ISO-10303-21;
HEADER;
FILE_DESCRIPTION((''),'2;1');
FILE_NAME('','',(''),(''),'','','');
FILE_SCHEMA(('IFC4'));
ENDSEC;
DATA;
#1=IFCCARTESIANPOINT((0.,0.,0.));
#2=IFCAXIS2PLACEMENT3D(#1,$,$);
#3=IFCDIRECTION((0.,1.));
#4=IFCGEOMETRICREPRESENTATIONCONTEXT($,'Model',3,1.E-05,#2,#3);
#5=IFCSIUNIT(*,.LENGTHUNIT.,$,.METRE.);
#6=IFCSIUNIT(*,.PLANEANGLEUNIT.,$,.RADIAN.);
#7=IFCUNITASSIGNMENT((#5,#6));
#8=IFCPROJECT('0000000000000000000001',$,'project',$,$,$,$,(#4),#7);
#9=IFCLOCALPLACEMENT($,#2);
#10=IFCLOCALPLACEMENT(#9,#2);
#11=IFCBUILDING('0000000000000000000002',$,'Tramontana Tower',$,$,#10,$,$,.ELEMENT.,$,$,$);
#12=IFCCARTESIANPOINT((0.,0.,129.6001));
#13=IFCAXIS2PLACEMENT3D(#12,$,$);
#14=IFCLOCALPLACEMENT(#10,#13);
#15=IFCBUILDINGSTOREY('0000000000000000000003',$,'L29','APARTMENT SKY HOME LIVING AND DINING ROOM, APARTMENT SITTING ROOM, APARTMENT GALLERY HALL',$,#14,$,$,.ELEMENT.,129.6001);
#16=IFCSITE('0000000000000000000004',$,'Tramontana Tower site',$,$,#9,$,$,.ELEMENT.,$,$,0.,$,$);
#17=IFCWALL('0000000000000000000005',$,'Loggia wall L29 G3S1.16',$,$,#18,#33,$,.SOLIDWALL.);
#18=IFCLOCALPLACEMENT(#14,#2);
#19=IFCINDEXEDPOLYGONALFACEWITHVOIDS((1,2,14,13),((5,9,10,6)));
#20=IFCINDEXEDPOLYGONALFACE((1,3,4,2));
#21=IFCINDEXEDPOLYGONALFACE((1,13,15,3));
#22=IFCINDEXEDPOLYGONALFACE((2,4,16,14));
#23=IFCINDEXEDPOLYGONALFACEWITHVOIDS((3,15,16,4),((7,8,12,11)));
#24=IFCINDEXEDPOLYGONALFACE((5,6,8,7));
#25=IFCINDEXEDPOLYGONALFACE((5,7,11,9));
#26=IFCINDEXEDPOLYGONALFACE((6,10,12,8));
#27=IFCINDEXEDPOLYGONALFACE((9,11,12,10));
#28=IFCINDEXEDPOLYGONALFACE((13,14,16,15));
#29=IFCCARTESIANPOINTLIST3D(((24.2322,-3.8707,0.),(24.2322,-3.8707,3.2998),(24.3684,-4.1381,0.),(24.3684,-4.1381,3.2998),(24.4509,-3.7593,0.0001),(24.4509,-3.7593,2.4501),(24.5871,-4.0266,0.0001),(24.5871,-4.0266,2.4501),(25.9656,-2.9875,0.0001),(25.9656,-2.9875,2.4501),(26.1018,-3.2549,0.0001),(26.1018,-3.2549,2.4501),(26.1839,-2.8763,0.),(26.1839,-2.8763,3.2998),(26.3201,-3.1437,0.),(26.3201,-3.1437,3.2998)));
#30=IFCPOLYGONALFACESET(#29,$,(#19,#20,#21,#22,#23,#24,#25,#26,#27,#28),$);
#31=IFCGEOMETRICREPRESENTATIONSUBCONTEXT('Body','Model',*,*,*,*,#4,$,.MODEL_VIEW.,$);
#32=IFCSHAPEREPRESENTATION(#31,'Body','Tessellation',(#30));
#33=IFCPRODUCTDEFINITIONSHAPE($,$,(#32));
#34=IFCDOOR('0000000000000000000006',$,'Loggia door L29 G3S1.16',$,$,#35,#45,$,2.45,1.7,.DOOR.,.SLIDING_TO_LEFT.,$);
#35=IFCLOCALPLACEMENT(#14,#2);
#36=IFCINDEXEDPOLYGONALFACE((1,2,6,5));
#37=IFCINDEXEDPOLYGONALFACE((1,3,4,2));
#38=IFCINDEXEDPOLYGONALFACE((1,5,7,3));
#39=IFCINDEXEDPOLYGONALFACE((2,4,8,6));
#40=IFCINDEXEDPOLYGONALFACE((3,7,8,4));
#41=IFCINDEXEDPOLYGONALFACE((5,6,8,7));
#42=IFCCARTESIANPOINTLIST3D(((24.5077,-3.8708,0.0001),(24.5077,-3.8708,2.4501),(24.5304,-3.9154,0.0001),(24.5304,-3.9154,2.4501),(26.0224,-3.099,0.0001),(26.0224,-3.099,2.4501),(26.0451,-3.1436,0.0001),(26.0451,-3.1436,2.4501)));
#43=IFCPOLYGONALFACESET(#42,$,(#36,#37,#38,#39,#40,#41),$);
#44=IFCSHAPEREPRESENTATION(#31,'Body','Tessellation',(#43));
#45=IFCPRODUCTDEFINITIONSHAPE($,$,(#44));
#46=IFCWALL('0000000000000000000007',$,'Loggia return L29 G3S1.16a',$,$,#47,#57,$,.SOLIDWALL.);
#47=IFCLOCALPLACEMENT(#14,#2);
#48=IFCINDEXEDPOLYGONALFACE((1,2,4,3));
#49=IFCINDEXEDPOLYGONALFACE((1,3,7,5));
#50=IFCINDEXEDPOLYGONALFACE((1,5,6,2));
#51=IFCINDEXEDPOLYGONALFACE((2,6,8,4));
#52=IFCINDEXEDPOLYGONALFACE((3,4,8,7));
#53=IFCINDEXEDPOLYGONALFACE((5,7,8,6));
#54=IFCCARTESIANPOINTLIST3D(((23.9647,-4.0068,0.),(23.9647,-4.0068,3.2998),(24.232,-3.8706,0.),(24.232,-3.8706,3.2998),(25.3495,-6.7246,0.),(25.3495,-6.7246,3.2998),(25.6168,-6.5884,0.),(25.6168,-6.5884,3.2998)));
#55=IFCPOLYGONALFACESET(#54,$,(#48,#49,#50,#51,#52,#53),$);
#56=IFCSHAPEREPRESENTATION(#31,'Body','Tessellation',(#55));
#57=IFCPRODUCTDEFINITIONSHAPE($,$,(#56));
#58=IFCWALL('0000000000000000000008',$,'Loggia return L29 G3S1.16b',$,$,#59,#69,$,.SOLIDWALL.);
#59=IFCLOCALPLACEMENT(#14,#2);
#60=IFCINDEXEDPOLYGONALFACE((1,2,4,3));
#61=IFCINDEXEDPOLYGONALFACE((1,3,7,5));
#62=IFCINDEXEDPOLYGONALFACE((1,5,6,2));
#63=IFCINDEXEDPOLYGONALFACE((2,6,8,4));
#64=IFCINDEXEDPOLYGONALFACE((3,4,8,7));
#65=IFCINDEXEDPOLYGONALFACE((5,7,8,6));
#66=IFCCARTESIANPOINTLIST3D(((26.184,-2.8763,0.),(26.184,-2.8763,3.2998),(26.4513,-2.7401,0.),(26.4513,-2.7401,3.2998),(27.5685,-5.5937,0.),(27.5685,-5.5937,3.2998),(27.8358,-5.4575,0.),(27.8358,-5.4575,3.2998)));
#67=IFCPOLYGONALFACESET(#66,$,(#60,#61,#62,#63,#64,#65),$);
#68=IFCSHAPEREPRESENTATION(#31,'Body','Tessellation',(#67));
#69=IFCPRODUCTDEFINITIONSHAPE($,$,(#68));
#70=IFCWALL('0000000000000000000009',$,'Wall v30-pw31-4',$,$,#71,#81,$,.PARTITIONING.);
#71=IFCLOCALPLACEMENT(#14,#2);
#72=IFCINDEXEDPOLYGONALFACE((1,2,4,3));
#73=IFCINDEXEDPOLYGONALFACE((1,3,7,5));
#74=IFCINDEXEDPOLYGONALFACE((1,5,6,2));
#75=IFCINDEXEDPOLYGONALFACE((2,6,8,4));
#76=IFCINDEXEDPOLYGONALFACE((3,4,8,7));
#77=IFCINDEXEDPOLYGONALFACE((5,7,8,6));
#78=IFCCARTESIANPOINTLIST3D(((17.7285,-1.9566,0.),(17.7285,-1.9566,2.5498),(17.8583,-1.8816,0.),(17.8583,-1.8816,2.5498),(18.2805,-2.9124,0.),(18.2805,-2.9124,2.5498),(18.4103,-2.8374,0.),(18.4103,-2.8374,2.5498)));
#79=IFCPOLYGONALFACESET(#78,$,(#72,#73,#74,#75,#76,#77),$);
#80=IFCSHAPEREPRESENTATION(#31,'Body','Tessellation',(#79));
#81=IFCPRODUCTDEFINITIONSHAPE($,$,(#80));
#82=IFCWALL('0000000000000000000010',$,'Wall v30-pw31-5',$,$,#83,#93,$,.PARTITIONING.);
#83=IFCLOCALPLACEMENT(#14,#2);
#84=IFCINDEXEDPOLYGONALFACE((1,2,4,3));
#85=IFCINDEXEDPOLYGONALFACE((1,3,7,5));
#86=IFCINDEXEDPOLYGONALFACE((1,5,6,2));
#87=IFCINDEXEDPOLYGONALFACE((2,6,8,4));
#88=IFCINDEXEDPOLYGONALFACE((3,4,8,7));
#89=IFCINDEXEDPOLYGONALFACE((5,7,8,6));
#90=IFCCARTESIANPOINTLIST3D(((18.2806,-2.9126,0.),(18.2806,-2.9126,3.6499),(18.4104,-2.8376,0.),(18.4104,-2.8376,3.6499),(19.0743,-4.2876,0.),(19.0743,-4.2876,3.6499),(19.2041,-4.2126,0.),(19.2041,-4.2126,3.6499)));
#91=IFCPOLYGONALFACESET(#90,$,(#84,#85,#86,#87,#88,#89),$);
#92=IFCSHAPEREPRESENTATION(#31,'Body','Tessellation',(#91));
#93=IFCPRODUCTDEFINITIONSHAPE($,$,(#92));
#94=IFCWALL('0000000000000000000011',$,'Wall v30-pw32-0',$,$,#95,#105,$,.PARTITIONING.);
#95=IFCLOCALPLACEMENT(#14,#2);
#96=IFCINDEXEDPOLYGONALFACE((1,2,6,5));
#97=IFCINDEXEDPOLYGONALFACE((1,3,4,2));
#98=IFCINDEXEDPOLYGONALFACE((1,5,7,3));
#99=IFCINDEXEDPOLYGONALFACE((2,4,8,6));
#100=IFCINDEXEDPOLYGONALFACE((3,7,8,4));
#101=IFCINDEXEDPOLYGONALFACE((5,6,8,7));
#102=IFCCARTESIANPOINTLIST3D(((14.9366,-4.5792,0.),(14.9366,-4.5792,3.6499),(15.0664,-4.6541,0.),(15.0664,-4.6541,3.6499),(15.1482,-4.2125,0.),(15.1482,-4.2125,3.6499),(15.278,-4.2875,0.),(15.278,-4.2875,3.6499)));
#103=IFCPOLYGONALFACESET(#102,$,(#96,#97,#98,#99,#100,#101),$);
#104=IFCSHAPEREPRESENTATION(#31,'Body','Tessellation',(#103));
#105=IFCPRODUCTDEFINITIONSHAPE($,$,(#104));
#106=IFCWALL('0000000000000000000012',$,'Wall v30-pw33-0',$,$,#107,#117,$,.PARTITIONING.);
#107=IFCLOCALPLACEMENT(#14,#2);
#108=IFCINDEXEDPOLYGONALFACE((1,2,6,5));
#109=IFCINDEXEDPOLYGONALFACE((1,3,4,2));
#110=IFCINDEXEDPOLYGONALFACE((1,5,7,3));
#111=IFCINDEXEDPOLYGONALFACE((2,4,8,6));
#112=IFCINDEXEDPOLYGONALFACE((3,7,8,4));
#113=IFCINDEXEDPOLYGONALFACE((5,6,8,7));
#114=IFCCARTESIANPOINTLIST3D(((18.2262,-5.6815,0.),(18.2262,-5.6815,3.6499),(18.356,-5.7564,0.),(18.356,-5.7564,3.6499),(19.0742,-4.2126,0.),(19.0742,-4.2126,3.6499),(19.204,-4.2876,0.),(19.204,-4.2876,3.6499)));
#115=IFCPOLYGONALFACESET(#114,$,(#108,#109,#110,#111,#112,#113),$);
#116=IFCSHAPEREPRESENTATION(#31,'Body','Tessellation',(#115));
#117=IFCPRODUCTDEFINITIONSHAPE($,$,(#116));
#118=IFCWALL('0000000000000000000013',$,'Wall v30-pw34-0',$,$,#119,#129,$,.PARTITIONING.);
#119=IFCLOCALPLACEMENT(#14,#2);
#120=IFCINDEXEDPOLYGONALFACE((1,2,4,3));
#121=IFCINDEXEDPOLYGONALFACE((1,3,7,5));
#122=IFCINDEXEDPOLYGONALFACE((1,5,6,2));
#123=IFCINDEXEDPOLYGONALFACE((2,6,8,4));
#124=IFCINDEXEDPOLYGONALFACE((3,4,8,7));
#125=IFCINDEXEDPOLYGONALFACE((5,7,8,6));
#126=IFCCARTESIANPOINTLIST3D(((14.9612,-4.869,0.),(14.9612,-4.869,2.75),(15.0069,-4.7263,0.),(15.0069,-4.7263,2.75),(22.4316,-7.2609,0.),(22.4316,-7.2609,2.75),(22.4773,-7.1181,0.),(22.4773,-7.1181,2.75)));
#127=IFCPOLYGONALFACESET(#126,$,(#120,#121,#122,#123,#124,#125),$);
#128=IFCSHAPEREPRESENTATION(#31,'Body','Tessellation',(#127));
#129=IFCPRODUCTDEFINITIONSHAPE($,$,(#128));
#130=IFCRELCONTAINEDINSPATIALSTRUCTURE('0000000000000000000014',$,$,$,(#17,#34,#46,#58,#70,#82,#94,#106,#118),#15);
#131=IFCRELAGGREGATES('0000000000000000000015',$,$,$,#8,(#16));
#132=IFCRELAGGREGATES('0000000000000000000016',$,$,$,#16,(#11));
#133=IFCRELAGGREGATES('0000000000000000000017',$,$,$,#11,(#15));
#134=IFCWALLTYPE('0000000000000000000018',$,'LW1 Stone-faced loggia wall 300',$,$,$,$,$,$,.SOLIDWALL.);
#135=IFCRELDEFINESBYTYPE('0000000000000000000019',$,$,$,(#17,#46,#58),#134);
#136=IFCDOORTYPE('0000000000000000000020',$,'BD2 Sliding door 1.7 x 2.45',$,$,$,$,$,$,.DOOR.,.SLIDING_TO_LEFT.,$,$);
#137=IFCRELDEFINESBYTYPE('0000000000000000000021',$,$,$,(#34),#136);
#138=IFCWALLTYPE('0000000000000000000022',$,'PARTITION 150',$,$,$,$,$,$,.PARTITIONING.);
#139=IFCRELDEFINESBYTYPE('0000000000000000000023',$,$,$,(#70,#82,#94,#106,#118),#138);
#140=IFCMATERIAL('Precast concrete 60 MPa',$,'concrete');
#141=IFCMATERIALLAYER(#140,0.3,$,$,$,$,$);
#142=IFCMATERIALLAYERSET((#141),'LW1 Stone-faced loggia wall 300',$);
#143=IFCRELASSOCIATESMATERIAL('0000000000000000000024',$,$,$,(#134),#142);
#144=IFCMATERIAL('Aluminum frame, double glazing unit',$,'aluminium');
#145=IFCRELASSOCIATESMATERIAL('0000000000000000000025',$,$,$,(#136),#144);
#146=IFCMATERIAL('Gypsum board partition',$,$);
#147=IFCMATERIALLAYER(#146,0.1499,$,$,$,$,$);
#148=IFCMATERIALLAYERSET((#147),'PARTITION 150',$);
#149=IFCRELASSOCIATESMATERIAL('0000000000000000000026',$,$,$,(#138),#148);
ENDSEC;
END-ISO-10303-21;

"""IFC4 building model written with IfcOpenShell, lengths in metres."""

from ifc_helpers import new_model, si_unit, direction, frame, frame_2d, origin, place, context, subcontext, project, spatial, rectangle, extrude, material, layer, layer_set, type_object, element, fill, save


model = new_model("IFC4")

# Units and contexts
model_context = context("Model", 3, precision=1e-05, world=origin(), true_north=direction((0.0, 1.0)))
body_context = subcontext(model_context, "Body", "Model", "MODEL_VIEW")
ifc_project = project(units=[si_unit("LENGTHUNIT", "METRE"), si_unit("PLANEANGLEUNIT", "RADIAN")], contexts=[model_context])

# Site, building, storey
site_placement = place(None, origin())
site = spatial("IfcSite", under=ifc_project, at=site_placement, Name="Tramontana Tower site", CompositionType="ELEMENT", RefElevation=0.0)
building_placement = place(site_placement, origin())
building = spatial("IfcBuilding", under=site, at=building_placement, Name="Tramontana Tower", CompositionType="ELEMENT")
storey_placement = place(building_placement, frame((0.0, 0.0, 129.6001)))
storey = spatial("IfcBuildingStorey", under=building, at=storey_placement, Name="L29", Description="APARTMENT SKY HOME LIVING AND DINING ROOM, APARTMENT SITTING ROOM, APARTMENT GALLERY HALL", CompositionType="ELEMENT", Elevation=129.6001)

# Wall, opening, door
ifc_material_1 = material(Name="Precast concrete 60 MPa", Category="concrete")
ifc_layer_1 = layer(ifc_material_1, 0.3)
ifc_layer_set_1 = layer_set([ifc_layer_1], Name="LW1 Stone-faced loggia wall 300")
wall_type_1 = type_object("IfcWallType", Name="LW1 Stone-faced loggia wall 300", PredefinedType="SOLIDWALL", material=ifc_layer_set_1)
wall_1_placement = place(storey_placement, frame((24.3003, -4.0044, 0.0), z_axis=(0.0, 0.0, 1.0), x_axis=(0.891013, 0.453978, 0.0)))
wall_1 = element("IfcWall", 1, at=wall_1_placement, inside=storey, type_object=wall_type_1, Name="Loggia wall L29 G3S1.16", PredefinedType="SOLIDWALL", context=body_context, shape_type="SweptSolid", body=[
    extrude(rectangle(XDim=2.1904, YDim=0.3, at=frame_2d((1.0952, 0.0))), origin(), (0.0, 0.0, 1.0), 3.2998),
])
opening_1_placement = place(wall_1_placement, frame((0.2454, 0.0, 0.0)))
opening_1 = element("IfcOpeningElement", 2, at=opening_1_placement, cuts=wall_1, PredefinedType="OPENING", context=body_context, shape_type="SweptSolid", body=[
    extrude(rectangle(XDim=1.7, YDim=2.45, at=frame_2d((0.8501, 1.2251))), frame((0.0, 0.1599, 0.0), z_axis=(0.0, -1.0, 0.0), x_axis=(1.0, 0.0, 0.0)), (0.0, 0.0, 1.0), 0.3201),
])
ifc_material_2 = material(Name="Aluminum frame, double glazing unit", Category="aluminium")
door_type = type_object("IfcDoorType", Name="BD2 Sliding door 1.7 x 2.45", OperationType="SLIDING_TO_LEFT", PredefinedType="DOOR", material=ifc_material_2)
door_placement = place(opening_1_placement, origin())
door = element("IfcDoor", 3, at=door_placement, inside=storey, type_object=door_type, Name="Loggia door L29 G3S1.16", OperationType="SLIDING_TO_LEFT", OverallHeight=2.45, OverallWidth=1.7, PredefinedType="DOOR", context=body_context, shape_type="SweptSolid", body=[
    extrude(rectangle(XDim=1.7, YDim=2.45, at=frame_2d((0.8501, 1.2251))), frame((0.0, 0.0249, 0.0), z_axis=(0.0, -1.0, 0.0), x_axis=(1.0, 0.0, 0.0)), (0.0, 0.0, 1.0), 0.05),
])
fill(opening_1, door)

# Walls
wall_2_placement = place(storey_placement, frame((25.4832, -6.6565, 0.0), z_axis=(0.0, 0.0, 1.0), x_axis=(-0.453988, 0.891008, 0.0)))
element("IfcWall", 4, at=wall_2_placement, inside=storey, type_object=wall_type_1, Name="Loggia return L29 G3S1.16a", PredefinedType="SOLIDWALL", context=body_context, shape_type="SweptSolid", body=[
    extrude(rectangle(XDim=3.0503, YDim=0.3, at=frame_2d((1.5251, 0.0))), origin(), (0.0, 0.0, 1.0), 3.2998),
])
wall_3_placement = place(storey_placement, frame((27.7021, -5.5256, 0.0), z_axis=(0.0, 0.0, 1.0), x_axis=(-0.453957, 0.891024, 0.0)))
element("IfcWall", 5, at=wall_3_placement, inside=storey, type_object=wall_type_1, Name="Loggia return L29 G3S1.16b", PredefinedType="SOLIDWALL", context=body_context, shape_type="SweptSolid", body=[
    extrude(rectangle(XDim=3.0498, YDim=0.3, at=frame_2d((1.5249, 0.0))), origin(), (0.0, 0.0, 1.0), 3.2998),
])
ifc_material_3 = material(Name="Gypsum board partition")
ifc_layer_2 = layer(ifc_material_3, 0.1499)
ifc_layer_set_2 = layer_set([ifc_layer_2], Name="PARTITION 150")
wall_type_2 = type_object("IfcWallType", Name="PARTITION 150", PredefinedType="PARTITIONING", material=ifc_layer_set_2)
wall_4_placement = place(storey_placement, frame((17.7935, -1.9192, 0.0), z_axis=(0.0, 0.0, 1.0), x_axis=(0.500112, -0.865961, 0.0)))
element("IfcWall", 6, at=wall_4_placement, inside=storey, type_object=wall_type_2, Name="Wall v30-pw31-4", PredefinedType="PARTITIONING", context=body_context, shape_type="SweptSolid", body=[
    extrude(rectangle(XDim=1.1038, YDim=0.1499, at=frame_2d((0.5518, 0.0))), origin(), (0.0, 0.0, 1.0), 2.5498),
])
wall_5_placement = place(storey_placement, frame((18.3455, -2.875, 0.0), z_axis=(0.0, 0.0, 1.0), x_axis=(0.499927, -0.866068, 0.0)))
element("IfcWall", 7, at=wall_5_placement, inside=storey, type_object=wall_type_2, Name="Wall v30-pw31-5", PredefinedType="PARTITIONING", context=body_context, shape_type="SweptSolid", body=[
    extrude(rectangle(XDim=1.5876, YDim=0.1499, at=frame_2d((0.7939, 0.0))), origin(), (0.0, 0.0, 1.0), 3.6499),
])
wall_6_placement = place(storey_placement, frame((15.2131, -4.25, 0.0), z_axis=(0.0, 0.0, 1.0), x_axis=(-0.499922, -0.86607, 0.0)))
element("IfcWall", 8, at=wall_6_placement, inside=storey, type_object=wall_type_2, Name="Wall v30-pw32-0", PredefinedType="PARTITIONING", context=body_context, shape_type="SweptSolid", body=[
    extrude(rectangle(XDim=0.4233, YDim=0.1499, at=frame_2d((0.2117, 0.0))), origin(), (0.0, 0.0, 1.0), 3.6499),
])
wall_7_placement = place(storey_placement, frame((19.1392, -4.25, 0.0), z_axis=(0.0, 0.0, 1.0), x_axis=(-0.499963, -0.866047, 0.0)))
element("IfcWall", 9, at=wall_7_placement, inside=storey, type_object=wall_type_2, Name="Wall v30-pw33-0", PredefinedType="PARTITIONING", context=body_context, shape_type="SweptSolid", body=[
    extrude(rectangle(XDim=1.696, YDim=0.1499, at=frame_2d((0.8481, 0.0))), origin(), (0.0, 0.0, 1.0), 3.6499),
])
wall_8_placement = place(storey_placement, frame((22.4543, -7.1895, 0.0), z_axis=(0.0, 0.0, 1.0), x_axis=(-0.952376, 0.304926, 0.0)))
element("IfcWall", 10, at=wall_8_placement, inside=storey, type_object=wall_type_2, Name="Wall v30-pw34-0", PredefinedType="PARTITIONING", context=body_context, shape_type="SweptSolid", body=[
    extrude(rectangle(XDim=7.844, YDim=0.1499, at=frame_2d((3.9219, 0.0))), origin(), (0.0, 0.0, 1.0), 2.75),
])

save(model, "model.ifc")
